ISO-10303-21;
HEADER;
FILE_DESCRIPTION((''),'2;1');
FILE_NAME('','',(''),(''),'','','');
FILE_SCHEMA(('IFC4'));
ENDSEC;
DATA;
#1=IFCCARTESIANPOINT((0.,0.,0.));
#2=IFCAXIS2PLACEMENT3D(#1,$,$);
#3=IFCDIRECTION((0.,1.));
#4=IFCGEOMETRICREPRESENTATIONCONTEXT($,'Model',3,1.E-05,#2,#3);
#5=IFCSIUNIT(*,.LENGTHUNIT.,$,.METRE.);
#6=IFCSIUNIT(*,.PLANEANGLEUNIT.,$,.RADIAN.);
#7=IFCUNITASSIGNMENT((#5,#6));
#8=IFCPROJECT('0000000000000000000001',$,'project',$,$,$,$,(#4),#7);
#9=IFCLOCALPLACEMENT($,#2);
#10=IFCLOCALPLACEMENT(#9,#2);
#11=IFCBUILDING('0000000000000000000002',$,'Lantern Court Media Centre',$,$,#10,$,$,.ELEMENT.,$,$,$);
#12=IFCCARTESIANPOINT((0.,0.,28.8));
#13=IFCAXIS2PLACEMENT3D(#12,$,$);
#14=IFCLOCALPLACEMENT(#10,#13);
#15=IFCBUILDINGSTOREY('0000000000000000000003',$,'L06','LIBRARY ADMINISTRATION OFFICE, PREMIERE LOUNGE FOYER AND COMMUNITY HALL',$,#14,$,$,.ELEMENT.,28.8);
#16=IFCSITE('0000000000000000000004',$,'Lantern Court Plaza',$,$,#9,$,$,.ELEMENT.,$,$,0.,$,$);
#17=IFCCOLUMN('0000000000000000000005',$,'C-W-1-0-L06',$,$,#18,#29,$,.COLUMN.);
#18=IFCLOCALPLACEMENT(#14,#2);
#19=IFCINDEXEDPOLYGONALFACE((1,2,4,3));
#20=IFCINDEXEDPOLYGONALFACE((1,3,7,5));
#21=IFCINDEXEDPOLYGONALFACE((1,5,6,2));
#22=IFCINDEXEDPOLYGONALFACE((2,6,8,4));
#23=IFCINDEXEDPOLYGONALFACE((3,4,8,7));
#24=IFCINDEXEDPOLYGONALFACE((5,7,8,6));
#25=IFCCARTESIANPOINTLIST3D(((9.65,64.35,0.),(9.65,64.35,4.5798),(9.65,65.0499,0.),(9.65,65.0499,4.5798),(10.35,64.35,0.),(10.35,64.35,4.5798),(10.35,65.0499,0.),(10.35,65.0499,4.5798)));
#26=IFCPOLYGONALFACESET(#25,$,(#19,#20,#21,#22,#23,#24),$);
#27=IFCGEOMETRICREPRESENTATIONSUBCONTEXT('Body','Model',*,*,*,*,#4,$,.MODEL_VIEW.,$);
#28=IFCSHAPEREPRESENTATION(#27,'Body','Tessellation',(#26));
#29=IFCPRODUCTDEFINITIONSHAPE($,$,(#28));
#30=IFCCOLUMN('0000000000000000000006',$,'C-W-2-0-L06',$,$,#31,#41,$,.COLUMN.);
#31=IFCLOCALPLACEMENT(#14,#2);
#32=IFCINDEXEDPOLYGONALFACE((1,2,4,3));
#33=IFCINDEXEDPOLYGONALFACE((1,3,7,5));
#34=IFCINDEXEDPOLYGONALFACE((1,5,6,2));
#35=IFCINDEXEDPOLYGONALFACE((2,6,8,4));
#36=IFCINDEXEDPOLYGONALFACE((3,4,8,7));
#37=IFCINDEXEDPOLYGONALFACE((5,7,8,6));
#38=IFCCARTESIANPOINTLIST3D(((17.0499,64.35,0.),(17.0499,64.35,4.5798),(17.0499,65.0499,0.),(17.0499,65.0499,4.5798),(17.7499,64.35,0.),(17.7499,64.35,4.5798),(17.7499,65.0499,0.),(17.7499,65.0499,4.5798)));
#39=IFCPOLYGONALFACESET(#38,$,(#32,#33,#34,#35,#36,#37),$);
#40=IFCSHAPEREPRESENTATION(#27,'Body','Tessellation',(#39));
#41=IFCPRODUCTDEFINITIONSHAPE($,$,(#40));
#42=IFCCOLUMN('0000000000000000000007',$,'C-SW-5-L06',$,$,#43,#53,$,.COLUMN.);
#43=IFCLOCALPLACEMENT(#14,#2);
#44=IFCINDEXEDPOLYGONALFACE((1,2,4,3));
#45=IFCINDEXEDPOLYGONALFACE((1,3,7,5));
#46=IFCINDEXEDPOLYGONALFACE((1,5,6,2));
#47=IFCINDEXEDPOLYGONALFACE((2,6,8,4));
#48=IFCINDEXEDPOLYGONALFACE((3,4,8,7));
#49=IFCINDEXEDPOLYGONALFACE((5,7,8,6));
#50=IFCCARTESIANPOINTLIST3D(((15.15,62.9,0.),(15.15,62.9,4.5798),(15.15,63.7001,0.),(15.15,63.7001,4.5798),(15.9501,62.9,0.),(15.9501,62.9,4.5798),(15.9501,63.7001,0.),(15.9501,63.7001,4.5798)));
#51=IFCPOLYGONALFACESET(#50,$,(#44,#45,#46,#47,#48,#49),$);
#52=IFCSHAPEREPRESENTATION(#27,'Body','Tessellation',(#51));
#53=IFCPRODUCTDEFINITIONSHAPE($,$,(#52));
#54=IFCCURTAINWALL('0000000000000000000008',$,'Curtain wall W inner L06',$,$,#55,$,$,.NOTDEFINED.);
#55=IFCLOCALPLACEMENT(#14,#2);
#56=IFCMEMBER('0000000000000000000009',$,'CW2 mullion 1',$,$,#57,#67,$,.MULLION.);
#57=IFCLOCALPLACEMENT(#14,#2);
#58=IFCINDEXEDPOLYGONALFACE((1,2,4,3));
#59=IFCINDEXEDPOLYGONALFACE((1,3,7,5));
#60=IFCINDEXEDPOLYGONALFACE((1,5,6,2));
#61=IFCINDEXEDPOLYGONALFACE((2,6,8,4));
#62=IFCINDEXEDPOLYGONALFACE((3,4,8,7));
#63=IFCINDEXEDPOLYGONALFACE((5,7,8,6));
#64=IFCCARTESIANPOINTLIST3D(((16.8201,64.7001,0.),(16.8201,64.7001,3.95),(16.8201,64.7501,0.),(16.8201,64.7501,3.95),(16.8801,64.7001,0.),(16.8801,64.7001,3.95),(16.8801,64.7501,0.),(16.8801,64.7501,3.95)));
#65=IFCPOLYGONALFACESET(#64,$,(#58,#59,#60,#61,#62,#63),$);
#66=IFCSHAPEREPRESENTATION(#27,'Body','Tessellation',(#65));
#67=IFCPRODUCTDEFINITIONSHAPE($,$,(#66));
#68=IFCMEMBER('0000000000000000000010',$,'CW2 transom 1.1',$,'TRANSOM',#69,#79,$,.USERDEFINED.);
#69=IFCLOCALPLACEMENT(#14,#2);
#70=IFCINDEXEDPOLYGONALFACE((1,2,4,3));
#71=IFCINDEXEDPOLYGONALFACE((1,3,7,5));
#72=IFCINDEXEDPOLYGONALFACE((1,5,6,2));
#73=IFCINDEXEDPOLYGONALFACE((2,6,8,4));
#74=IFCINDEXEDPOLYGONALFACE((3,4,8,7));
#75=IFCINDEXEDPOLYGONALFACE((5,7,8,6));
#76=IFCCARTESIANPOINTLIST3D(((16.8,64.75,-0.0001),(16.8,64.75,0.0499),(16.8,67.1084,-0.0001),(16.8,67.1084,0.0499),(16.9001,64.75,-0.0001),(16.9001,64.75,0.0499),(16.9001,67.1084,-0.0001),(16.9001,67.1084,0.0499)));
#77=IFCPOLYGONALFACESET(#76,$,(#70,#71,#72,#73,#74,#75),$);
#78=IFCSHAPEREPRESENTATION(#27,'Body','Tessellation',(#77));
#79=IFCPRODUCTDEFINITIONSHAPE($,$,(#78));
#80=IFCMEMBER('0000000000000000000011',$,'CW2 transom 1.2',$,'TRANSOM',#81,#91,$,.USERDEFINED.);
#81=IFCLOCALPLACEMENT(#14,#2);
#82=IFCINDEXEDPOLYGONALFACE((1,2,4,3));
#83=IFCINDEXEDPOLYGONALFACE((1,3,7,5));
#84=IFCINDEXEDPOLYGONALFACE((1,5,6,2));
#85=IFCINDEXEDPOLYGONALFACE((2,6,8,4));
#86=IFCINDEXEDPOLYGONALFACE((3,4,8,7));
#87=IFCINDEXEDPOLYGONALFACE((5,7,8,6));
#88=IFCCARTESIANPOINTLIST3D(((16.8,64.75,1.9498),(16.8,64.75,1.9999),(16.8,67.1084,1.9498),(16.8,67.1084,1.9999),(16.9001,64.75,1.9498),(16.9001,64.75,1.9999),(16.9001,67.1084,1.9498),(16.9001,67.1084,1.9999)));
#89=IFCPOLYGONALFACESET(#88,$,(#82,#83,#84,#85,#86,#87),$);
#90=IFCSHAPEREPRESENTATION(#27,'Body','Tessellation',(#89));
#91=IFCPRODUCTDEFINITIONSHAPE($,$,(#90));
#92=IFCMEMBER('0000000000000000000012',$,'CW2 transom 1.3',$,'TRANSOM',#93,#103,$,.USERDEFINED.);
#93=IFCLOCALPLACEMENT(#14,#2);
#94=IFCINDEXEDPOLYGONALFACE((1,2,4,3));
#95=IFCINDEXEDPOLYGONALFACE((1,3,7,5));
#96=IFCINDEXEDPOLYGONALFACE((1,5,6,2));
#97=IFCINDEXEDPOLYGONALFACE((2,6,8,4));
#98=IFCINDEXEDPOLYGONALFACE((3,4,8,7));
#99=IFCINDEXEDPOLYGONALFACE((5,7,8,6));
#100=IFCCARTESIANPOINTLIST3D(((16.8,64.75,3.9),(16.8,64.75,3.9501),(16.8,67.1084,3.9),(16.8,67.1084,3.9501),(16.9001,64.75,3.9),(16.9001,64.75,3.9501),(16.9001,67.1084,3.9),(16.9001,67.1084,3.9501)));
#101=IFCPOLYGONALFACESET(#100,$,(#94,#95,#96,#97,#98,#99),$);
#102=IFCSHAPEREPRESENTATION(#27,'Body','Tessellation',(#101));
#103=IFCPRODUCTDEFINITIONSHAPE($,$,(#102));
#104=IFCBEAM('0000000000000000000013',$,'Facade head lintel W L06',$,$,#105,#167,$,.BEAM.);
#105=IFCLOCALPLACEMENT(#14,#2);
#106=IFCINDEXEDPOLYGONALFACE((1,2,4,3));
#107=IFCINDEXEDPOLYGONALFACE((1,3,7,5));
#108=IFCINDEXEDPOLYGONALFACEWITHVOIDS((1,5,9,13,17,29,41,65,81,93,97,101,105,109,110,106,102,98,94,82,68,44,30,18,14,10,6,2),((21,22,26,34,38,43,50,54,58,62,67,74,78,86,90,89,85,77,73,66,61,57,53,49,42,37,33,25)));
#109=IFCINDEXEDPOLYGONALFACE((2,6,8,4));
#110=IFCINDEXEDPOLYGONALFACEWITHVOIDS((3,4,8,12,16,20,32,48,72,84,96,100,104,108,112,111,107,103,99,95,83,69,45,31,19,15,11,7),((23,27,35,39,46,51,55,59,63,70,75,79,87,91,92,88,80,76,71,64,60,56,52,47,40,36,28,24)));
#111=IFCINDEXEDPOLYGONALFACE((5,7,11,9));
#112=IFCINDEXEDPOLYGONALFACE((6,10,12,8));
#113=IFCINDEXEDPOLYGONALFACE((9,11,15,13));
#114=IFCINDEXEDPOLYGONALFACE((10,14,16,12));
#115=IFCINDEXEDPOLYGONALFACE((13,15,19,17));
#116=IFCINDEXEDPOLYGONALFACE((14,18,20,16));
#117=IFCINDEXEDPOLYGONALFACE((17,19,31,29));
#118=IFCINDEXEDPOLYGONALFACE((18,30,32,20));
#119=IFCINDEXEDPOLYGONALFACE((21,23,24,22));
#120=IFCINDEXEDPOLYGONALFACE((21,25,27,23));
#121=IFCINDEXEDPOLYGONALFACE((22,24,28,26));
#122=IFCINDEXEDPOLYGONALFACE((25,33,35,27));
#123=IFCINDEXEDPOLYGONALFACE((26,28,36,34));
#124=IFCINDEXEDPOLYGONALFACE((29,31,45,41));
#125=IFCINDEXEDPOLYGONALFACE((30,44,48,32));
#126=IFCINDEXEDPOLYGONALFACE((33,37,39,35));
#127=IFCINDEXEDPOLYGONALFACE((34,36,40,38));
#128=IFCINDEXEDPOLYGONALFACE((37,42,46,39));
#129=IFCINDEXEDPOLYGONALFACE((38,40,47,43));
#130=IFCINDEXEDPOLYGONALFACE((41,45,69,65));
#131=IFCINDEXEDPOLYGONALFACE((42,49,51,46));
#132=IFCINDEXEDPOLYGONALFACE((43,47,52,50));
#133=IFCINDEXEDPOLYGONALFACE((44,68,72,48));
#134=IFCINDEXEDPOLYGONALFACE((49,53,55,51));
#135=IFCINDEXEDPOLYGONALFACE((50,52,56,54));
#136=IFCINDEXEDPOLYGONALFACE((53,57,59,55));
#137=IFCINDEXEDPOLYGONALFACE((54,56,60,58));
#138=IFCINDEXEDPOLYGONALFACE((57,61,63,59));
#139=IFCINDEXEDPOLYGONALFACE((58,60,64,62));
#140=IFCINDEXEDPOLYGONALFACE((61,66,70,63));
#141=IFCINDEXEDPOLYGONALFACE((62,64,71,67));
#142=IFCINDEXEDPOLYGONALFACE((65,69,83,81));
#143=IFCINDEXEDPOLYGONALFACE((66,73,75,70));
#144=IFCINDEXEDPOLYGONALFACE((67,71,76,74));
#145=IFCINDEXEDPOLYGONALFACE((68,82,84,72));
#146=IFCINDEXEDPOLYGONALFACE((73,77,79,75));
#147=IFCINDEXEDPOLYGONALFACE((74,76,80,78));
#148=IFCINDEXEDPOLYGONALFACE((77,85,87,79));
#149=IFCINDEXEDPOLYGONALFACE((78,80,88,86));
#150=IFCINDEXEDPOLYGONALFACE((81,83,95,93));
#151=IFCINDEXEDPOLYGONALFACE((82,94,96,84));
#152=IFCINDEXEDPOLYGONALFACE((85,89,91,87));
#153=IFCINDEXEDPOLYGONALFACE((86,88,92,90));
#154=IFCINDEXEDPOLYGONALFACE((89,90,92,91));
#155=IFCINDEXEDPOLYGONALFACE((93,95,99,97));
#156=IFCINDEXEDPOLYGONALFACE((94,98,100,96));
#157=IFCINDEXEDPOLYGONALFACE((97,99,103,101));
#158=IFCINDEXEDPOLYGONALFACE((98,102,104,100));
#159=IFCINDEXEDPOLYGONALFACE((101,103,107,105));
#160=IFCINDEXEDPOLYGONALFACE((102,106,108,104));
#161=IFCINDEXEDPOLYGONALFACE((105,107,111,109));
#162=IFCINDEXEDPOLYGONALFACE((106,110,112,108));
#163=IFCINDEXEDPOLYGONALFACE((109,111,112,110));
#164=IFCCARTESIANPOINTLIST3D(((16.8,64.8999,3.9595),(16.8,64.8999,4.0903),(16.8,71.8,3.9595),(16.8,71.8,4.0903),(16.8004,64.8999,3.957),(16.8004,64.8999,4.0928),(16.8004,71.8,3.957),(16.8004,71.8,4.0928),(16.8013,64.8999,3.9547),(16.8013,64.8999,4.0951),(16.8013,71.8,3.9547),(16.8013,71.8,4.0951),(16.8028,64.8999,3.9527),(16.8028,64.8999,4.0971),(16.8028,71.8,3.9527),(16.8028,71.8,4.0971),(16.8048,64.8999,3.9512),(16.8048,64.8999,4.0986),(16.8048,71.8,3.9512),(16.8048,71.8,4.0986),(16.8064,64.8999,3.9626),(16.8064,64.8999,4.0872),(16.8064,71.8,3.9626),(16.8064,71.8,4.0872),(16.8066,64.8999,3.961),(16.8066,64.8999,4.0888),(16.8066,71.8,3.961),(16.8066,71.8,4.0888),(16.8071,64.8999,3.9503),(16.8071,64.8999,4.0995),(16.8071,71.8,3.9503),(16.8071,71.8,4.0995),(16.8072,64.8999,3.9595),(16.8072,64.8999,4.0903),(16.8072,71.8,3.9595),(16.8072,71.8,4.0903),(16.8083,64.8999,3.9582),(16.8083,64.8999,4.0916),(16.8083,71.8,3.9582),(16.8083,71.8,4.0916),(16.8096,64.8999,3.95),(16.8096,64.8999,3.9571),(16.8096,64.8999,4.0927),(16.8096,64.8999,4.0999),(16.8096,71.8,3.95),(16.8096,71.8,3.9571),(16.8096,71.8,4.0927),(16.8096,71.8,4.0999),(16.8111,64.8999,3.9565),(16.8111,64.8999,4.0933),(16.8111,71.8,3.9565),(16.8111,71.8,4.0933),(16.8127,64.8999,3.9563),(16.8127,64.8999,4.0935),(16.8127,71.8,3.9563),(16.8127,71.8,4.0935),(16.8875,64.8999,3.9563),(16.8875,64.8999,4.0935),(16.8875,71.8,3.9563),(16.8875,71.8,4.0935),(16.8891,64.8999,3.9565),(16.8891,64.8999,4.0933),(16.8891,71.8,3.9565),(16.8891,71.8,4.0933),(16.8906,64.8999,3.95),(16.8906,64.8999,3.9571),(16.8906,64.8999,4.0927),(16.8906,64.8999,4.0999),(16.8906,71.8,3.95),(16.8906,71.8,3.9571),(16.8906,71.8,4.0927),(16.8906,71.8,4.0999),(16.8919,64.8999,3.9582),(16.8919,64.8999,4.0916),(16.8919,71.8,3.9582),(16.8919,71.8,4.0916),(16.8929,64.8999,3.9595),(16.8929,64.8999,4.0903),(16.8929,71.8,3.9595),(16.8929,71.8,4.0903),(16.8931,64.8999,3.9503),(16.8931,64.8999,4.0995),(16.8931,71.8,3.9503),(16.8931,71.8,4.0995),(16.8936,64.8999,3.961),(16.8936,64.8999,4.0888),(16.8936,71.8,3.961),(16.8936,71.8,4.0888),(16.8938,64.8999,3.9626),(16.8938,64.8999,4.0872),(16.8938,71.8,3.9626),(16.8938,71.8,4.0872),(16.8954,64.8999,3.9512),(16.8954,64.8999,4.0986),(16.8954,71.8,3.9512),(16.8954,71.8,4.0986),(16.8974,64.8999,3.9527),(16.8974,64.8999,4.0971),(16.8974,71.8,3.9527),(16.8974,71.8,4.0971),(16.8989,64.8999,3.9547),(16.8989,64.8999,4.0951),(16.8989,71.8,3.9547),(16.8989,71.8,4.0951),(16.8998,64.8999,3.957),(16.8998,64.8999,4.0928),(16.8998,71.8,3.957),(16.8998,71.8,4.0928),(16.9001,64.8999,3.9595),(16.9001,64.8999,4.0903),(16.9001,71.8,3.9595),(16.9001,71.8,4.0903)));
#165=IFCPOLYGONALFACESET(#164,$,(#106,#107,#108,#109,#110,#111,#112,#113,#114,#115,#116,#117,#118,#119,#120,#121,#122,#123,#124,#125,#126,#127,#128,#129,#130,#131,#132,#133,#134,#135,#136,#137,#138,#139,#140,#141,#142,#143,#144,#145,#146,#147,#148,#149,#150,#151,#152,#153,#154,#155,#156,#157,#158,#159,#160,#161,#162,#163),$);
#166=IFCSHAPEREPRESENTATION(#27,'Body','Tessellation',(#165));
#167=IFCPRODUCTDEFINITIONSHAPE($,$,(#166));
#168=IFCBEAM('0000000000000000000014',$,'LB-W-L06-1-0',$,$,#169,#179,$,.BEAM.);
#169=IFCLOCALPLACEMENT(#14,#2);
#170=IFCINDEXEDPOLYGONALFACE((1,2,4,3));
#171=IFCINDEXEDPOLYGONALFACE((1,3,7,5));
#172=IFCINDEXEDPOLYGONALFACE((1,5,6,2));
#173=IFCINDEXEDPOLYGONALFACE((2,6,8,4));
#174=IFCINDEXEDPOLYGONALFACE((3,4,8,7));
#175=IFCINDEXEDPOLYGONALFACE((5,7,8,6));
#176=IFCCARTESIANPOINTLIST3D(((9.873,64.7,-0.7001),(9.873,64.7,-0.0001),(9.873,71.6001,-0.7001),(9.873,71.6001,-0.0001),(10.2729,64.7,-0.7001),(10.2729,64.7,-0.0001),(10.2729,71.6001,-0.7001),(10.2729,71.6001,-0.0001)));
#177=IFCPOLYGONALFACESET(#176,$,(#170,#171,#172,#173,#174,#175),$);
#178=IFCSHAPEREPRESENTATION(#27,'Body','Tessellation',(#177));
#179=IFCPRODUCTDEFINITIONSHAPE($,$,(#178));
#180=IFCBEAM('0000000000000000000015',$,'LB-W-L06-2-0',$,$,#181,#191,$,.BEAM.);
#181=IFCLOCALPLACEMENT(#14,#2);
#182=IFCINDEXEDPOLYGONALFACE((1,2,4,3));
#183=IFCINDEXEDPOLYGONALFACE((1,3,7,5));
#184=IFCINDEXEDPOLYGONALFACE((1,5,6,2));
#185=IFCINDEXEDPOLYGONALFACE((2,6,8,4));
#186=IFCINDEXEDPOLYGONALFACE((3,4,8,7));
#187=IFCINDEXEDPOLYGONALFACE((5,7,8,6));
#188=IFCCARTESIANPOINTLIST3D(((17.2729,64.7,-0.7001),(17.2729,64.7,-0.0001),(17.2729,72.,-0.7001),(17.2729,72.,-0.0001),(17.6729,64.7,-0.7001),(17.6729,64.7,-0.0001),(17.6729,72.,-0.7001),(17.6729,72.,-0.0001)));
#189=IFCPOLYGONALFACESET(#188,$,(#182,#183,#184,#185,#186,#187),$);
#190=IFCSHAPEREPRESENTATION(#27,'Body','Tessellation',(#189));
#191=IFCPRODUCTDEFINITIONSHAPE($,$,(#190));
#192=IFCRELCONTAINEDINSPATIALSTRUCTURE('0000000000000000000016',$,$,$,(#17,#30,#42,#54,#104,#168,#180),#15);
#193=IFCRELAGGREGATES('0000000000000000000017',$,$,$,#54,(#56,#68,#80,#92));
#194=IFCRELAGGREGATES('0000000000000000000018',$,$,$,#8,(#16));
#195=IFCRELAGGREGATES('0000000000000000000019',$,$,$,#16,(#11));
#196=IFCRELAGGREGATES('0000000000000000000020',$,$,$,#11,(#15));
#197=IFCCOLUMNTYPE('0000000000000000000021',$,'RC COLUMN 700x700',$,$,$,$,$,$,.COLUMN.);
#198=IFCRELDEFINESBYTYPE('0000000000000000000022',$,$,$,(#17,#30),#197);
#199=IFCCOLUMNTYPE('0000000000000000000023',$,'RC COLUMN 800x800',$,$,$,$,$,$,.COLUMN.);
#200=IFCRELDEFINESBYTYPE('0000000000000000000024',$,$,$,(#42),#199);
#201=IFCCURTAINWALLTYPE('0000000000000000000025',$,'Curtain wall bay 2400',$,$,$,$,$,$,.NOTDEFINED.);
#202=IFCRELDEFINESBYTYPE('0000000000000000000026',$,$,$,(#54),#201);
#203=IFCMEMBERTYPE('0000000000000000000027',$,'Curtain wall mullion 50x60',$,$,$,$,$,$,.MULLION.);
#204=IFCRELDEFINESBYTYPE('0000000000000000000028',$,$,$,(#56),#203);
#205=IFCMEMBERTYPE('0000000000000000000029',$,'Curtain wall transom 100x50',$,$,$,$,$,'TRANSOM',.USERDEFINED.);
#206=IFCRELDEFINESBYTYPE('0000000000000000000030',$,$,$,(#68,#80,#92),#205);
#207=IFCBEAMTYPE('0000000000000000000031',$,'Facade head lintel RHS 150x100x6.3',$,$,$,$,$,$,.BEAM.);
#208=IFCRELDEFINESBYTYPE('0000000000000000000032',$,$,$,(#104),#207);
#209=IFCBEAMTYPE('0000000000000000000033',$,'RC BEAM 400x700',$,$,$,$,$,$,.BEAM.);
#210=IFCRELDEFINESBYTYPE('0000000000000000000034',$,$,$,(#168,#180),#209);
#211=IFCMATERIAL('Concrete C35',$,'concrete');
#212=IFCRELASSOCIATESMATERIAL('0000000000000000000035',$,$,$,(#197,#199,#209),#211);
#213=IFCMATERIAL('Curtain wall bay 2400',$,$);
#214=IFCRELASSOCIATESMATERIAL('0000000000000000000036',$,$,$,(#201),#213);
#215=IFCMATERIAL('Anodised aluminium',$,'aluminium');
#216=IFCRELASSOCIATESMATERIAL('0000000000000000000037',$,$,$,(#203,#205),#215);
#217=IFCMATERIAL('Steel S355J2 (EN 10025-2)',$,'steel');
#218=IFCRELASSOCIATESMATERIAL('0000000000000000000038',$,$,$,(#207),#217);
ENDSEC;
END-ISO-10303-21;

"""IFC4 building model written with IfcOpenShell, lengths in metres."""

from ifc_helpers import new_model, si_unit, direction, frame, origin, origin_2d, place, context, subcontext, project, spatial, rectangle, hollow_rectangle, extrude, material, material_profile, profile_set, type_object, element, aggregate, save


model = new_model("IFC4")

# Units and contexts
model_context = context("Model", 3, precision=1e-05, world=origin(), true_north=direction((0.0, 1.0)))
body_context = subcontext(model_context, "Body", "Model", "MODEL_VIEW")
ifc_project = project(units=[si_unit("LENGTHUNIT", "METRE"), si_unit("PLANEANGLEUNIT", "RADIAN")], contexts=[model_context])

# Site, building, storey
site_placement = place(None, origin())
site = spatial("IfcSite", under=ifc_project, at=site_placement, Name="Lantern Court Plaza", CompositionType="ELEMENT", RefElevation=0.0)
building_placement = place(site_placement, origin())
building = spatial("IfcBuilding", under=site, at=building_placement, Name="Lantern Court Media Centre", CompositionType="ELEMENT")
storey_placement = place(building_placement, frame((0.0, 0.0, 28.8)))
storey = spatial("IfcBuildingStorey", under=building, at=storey_placement, Name="L06", Description="LIBRARY ADMINISTRATION OFFICE, PREMIERE LOUNGE FOYER AND COMMUNITY HALL", CompositionType="ELEMENT", Elevation=28.8)

# Columns
ifc_material_1 = material(Name="Concrete C35", Category="concrete")
ifc_material_profile_1 = material_profile(ifc_material_1, rectangle(XDim=0.7, YDim=0.7, at=origin_2d()), Name="RC 700x700")
ifc_profile_set_1 = profile_set([ifc_material_profile_1], Name="Concrete C35")
column_type_1 = type_object("IfcColumnType", Name="RC COLUMN 700x700", PredefinedType="COLUMN", material=ifc_profile_set_1)
for number, where, z_axis, x_axis, name in (
    (1, (10.0, 64.7, 0.0), (0.0, 0.0, 1.0), (1.0, 0.0, 0.0), "C-W-1-0-L06"),
    (2, (17.3999, 64.7, 0.0), (0.0, 0.0, 1.0), (1.0, 0.0, 0.0), "C-W-2-0-L06"),
):
    element("IfcColumn", number, at=place(storey_placement, frame(where, z_axis=z_axis, x_axis=x_axis)), inside=storey, type_object=column_type_1, Name=name, PredefinedType="COLUMN", context=body_context, shape_type="SweptSolid", body=[
        extrude(rectangle(XDim=0.7, YDim=0.7, at=origin_2d()), origin(), (0.0, 0.0, 1.0), 4.5798),
    ])
ifc_material_profile_2 = material_profile(ifc_material_1, rectangle(XDim=0.8, YDim=0.8, at=origin_2d()), Name="RC 800x800")
ifc_profile_set_2 = profile_set([ifc_material_profile_2], Name="Concrete C35")
column_type_2 = type_object("IfcColumnType", Name="RC COLUMN 800x800", PredefinedType="COLUMN", material=ifc_profile_set_2)
column_placement = place(storey_placement, frame((15.55, 63.3, 0.0), z_axis=(0.0, 0.0, 1.0), x_axis=(1.0, 0.0, 0.0)))
element("IfcColumn", 3, at=column_placement, inside=storey, type_object=column_type_2, Name="C-SW-5-L06", PredefinedType="COLUMN", context=body_context, shape_type="SweptSolid", body=[
    extrude(rectangle(XDim=0.8, YDim=0.8, at=origin_2d()), origin(), (0.0, 0.0, 1.0), 4.5798),
])

# Curtain wall, members
ifc_material_2 = material(Name="Curtain wall bay 2400")
curtain_wall_type = type_object("IfcCurtainWallType", Name="Curtain wall bay 2400", PredefinedType="NOTDEFINED", material=ifc_material_2)
curtain_wall_placement = place(storey_placement, origin())
curtain_wall = element("IfcCurtainWall", 4, at=curtain_wall_placement, inside=storey, type_object=curtain_wall_type, Name="Curtain wall W inner L06", PredefinedType="NOTDEFINED")
ifc_material_3 = material(Name="Anodised aluminium", Category="aluminium")
ifc_material_profile_3 = material_profile(ifc_material_3, rectangle(XDim=0.0601, YDim=0.05, at=origin_2d()), Name="AL 50x60")
ifc_profile_set_3 = profile_set([ifc_material_profile_3], Name="Anodised aluminium")
member_type_1 = type_object("IfcMemberType", Name="Curtain wall mullion 50x60", PredefinedType="MULLION", material=ifc_profile_set_3)
member_1_placement = place(storey_placement, frame((16.8501, 64.7251, 0.0), z_axis=(0.0, 0.0, 1.0), x_axis=(-1.0, 0.0, 0.0)))
member_1 = element("IfcMember", 5, at=member_1_placement, type_object=member_type_1, Name="CW2 mullion 1", PredefinedType="MULLION", context=body_context, shape_type="SweptSolid", body=[
    extrude(rectangle(XDim=0.0601, YDim=0.05, at=origin_2d()), origin(), (0.0, 0.0, 1.0), 3.95),
])
ifc_material_profile_4 = material_profile(ifc_material_3, rectangle(XDim=0.1001, YDim=0.05, at=origin_2d()), Name="AL 50x100")
ifc_profile_set_4 = profile_set([ifc_material_profile_4], Name="Anodised aluminium")
member_type_2 = type_object("IfcMemberType", Name="Curtain wall transom 100x50", ElementType="TRANSOM", PredefinedType="USERDEFINED", material=ifc_profile_set_4)
member_2_placement = place(storey_placement, frame((16.8501, 64.75, 0.0249), z_axis=(0.0, 1.0, 0.0), x_axis=(-1.0, 0.0, 0.0)))
member_2 = element("IfcMember", 6, at=member_2_placement, type_object=member_type_2, Name="CW2 transom 1.1", ObjectType="TRANSOM", PredefinedType="USERDEFINED", context=body_context, shape_type="SweptSolid", body=[
    extrude(rectangle(XDim=0.1001, YDim=0.05, at=origin_2d()), origin(), (0.0, 0.0, 1.0), 2.3584),
])
member_3_placement = place(storey_placement, frame((16.8501, 64.75, 1.9749), z_axis=(0.0, 1.0, 0.0), x_axis=(-1.0, 0.0, 0.0)))
member_3 = element("IfcMember", 7, at=member_3_placement, type_object=member_type_2, Name="CW2 transom 1.2", ObjectType="TRANSOM", PredefinedType="USERDEFINED", context=body_context, shape_type="SweptSolid", body=[
    extrude(rectangle(XDim=0.1001, YDim=0.05, at=origin_2d()), origin(), (0.0, 0.0, 1.0), 2.3584),
])
member_4_placement = place(storey_placement, frame((16.8501, 64.75, 3.925), z_axis=(0.0, 1.0, 0.0), x_axis=(-1.0, 0.0, 0.0)))
member_4 = element("IfcMember", 8, at=member_4_placement, type_object=member_type_2, Name="CW2 transom 1.3", ObjectType="TRANSOM", PredefinedType="USERDEFINED", context=body_context, shape_type="SweptSolid", body=[
    extrude(rectangle(XDim=0.1001, YDim=0.05, at=origin_2d()), origin(), (0.0, 0.0, 1.0), 2.3584),
])

# Beams
ifc_material_4 = material(Name="Steel S355J2 (EN 10025-2)", Category="steel")
ifc_material_profile_5 = material_profile(ifc_material_4, hollow_rectangle(XDim=0.1001, YDim=0.1499, WallThickness=0.0063, InnerFilletRadius=0.0063, OuterFilletRadius=0.0095, at=origin_2d()), Name="Facade head lintel RHS 150x100x6.3")
ifc_profile_set_5 = profile_set([ifc_material_profile_5], Name="Steel S355J2 (EN 10025-2)")
beam_type_1 = type_object("IfcBeamType", Name="Facade head lintel RHS 150x100x6.3", PredefinedType="BEAM", material=ifc_profile_set_5)
beam_1_placement = place(storey_placement, frame((16.8501, 64.8999, 4.0249), z_axis=(0.0, 1.0, 0.0), x_axis=(-1.0, 0.0, 0.0)))
element("IfcBeam", 9, at=beam_1_placement, inside=storey, type_object=beam_type_1, Name="Facade head lintel W L06", PredefinedType="BEAM", context=body_context, shape_type="SweptSolid", body=[
    extrude(hollow_rectangle(XDim=0.1001, YDim=0.1499, WallThickness=0.0063, InnerFilletRadius=0.0063, OuterFilletRadius=0.0095, at=origin_2d()), origin(), (0.0, 0.0, 1.0), 6.9001),
])
ifc_material_profile_6 = material_profile(ifc_material_1, rectangle(XDim=0.3999, YDim=0.7, at=origin_2d()), Name="RC 400x700")
ifc_profile_set_6 = profile_set([ifc_material_profile_6], Name="Concrete C35")
beam_type_2 = type_object("IfcBeamType", Name="RC BEAM 400x700", PredefinedType="BEAM", material=ifc_profile_set_6)
beam_2_placement = place(storey_placement, frame((10.073, 64.7, -0.3501), z_axis=(0.0, 1.0, 0.0), x_axis=(-1.0, 0.0, 0.0)))
element("IfcBeam", 10, at=beam_2_placement, inside=storey, type_object=beam_type_2, Name="LB-W-L06-1-0", PredefinedType="BEAM", context=body_context, shape_type="SweptSolid", body=[
    extrude(rectangle(XDim=0.3999, YDim=0.7, at=origin_2d()), origin(), (0.0, 0.0, 1.0), 6.9001),
])
beam_3_placement = place(storey_placement, frame((17.4729, 64.7, -0.3501), z_axis=(0.0, 1.0, 0.0), x_axis=(-1.0, 0.0, 0.0)))
element("IfcBeam", 11, at=beam_3_placement, inside=storey, type_object=beam_type_2, Name="LB-W-L06-2-0", PredefinedType="BEAM", context=body_context, shape_type="SweptSolid", body=[
    extrude(rectangle(XDim=0.3999, YDim=0.7, at=origin_2d()), origin(), (0.0, 0.0, 1.0), 7.3),
])

aggregate(curtain_wall, [member_1, member_2, member_3, member_4])

save(model, "model.ifc")
